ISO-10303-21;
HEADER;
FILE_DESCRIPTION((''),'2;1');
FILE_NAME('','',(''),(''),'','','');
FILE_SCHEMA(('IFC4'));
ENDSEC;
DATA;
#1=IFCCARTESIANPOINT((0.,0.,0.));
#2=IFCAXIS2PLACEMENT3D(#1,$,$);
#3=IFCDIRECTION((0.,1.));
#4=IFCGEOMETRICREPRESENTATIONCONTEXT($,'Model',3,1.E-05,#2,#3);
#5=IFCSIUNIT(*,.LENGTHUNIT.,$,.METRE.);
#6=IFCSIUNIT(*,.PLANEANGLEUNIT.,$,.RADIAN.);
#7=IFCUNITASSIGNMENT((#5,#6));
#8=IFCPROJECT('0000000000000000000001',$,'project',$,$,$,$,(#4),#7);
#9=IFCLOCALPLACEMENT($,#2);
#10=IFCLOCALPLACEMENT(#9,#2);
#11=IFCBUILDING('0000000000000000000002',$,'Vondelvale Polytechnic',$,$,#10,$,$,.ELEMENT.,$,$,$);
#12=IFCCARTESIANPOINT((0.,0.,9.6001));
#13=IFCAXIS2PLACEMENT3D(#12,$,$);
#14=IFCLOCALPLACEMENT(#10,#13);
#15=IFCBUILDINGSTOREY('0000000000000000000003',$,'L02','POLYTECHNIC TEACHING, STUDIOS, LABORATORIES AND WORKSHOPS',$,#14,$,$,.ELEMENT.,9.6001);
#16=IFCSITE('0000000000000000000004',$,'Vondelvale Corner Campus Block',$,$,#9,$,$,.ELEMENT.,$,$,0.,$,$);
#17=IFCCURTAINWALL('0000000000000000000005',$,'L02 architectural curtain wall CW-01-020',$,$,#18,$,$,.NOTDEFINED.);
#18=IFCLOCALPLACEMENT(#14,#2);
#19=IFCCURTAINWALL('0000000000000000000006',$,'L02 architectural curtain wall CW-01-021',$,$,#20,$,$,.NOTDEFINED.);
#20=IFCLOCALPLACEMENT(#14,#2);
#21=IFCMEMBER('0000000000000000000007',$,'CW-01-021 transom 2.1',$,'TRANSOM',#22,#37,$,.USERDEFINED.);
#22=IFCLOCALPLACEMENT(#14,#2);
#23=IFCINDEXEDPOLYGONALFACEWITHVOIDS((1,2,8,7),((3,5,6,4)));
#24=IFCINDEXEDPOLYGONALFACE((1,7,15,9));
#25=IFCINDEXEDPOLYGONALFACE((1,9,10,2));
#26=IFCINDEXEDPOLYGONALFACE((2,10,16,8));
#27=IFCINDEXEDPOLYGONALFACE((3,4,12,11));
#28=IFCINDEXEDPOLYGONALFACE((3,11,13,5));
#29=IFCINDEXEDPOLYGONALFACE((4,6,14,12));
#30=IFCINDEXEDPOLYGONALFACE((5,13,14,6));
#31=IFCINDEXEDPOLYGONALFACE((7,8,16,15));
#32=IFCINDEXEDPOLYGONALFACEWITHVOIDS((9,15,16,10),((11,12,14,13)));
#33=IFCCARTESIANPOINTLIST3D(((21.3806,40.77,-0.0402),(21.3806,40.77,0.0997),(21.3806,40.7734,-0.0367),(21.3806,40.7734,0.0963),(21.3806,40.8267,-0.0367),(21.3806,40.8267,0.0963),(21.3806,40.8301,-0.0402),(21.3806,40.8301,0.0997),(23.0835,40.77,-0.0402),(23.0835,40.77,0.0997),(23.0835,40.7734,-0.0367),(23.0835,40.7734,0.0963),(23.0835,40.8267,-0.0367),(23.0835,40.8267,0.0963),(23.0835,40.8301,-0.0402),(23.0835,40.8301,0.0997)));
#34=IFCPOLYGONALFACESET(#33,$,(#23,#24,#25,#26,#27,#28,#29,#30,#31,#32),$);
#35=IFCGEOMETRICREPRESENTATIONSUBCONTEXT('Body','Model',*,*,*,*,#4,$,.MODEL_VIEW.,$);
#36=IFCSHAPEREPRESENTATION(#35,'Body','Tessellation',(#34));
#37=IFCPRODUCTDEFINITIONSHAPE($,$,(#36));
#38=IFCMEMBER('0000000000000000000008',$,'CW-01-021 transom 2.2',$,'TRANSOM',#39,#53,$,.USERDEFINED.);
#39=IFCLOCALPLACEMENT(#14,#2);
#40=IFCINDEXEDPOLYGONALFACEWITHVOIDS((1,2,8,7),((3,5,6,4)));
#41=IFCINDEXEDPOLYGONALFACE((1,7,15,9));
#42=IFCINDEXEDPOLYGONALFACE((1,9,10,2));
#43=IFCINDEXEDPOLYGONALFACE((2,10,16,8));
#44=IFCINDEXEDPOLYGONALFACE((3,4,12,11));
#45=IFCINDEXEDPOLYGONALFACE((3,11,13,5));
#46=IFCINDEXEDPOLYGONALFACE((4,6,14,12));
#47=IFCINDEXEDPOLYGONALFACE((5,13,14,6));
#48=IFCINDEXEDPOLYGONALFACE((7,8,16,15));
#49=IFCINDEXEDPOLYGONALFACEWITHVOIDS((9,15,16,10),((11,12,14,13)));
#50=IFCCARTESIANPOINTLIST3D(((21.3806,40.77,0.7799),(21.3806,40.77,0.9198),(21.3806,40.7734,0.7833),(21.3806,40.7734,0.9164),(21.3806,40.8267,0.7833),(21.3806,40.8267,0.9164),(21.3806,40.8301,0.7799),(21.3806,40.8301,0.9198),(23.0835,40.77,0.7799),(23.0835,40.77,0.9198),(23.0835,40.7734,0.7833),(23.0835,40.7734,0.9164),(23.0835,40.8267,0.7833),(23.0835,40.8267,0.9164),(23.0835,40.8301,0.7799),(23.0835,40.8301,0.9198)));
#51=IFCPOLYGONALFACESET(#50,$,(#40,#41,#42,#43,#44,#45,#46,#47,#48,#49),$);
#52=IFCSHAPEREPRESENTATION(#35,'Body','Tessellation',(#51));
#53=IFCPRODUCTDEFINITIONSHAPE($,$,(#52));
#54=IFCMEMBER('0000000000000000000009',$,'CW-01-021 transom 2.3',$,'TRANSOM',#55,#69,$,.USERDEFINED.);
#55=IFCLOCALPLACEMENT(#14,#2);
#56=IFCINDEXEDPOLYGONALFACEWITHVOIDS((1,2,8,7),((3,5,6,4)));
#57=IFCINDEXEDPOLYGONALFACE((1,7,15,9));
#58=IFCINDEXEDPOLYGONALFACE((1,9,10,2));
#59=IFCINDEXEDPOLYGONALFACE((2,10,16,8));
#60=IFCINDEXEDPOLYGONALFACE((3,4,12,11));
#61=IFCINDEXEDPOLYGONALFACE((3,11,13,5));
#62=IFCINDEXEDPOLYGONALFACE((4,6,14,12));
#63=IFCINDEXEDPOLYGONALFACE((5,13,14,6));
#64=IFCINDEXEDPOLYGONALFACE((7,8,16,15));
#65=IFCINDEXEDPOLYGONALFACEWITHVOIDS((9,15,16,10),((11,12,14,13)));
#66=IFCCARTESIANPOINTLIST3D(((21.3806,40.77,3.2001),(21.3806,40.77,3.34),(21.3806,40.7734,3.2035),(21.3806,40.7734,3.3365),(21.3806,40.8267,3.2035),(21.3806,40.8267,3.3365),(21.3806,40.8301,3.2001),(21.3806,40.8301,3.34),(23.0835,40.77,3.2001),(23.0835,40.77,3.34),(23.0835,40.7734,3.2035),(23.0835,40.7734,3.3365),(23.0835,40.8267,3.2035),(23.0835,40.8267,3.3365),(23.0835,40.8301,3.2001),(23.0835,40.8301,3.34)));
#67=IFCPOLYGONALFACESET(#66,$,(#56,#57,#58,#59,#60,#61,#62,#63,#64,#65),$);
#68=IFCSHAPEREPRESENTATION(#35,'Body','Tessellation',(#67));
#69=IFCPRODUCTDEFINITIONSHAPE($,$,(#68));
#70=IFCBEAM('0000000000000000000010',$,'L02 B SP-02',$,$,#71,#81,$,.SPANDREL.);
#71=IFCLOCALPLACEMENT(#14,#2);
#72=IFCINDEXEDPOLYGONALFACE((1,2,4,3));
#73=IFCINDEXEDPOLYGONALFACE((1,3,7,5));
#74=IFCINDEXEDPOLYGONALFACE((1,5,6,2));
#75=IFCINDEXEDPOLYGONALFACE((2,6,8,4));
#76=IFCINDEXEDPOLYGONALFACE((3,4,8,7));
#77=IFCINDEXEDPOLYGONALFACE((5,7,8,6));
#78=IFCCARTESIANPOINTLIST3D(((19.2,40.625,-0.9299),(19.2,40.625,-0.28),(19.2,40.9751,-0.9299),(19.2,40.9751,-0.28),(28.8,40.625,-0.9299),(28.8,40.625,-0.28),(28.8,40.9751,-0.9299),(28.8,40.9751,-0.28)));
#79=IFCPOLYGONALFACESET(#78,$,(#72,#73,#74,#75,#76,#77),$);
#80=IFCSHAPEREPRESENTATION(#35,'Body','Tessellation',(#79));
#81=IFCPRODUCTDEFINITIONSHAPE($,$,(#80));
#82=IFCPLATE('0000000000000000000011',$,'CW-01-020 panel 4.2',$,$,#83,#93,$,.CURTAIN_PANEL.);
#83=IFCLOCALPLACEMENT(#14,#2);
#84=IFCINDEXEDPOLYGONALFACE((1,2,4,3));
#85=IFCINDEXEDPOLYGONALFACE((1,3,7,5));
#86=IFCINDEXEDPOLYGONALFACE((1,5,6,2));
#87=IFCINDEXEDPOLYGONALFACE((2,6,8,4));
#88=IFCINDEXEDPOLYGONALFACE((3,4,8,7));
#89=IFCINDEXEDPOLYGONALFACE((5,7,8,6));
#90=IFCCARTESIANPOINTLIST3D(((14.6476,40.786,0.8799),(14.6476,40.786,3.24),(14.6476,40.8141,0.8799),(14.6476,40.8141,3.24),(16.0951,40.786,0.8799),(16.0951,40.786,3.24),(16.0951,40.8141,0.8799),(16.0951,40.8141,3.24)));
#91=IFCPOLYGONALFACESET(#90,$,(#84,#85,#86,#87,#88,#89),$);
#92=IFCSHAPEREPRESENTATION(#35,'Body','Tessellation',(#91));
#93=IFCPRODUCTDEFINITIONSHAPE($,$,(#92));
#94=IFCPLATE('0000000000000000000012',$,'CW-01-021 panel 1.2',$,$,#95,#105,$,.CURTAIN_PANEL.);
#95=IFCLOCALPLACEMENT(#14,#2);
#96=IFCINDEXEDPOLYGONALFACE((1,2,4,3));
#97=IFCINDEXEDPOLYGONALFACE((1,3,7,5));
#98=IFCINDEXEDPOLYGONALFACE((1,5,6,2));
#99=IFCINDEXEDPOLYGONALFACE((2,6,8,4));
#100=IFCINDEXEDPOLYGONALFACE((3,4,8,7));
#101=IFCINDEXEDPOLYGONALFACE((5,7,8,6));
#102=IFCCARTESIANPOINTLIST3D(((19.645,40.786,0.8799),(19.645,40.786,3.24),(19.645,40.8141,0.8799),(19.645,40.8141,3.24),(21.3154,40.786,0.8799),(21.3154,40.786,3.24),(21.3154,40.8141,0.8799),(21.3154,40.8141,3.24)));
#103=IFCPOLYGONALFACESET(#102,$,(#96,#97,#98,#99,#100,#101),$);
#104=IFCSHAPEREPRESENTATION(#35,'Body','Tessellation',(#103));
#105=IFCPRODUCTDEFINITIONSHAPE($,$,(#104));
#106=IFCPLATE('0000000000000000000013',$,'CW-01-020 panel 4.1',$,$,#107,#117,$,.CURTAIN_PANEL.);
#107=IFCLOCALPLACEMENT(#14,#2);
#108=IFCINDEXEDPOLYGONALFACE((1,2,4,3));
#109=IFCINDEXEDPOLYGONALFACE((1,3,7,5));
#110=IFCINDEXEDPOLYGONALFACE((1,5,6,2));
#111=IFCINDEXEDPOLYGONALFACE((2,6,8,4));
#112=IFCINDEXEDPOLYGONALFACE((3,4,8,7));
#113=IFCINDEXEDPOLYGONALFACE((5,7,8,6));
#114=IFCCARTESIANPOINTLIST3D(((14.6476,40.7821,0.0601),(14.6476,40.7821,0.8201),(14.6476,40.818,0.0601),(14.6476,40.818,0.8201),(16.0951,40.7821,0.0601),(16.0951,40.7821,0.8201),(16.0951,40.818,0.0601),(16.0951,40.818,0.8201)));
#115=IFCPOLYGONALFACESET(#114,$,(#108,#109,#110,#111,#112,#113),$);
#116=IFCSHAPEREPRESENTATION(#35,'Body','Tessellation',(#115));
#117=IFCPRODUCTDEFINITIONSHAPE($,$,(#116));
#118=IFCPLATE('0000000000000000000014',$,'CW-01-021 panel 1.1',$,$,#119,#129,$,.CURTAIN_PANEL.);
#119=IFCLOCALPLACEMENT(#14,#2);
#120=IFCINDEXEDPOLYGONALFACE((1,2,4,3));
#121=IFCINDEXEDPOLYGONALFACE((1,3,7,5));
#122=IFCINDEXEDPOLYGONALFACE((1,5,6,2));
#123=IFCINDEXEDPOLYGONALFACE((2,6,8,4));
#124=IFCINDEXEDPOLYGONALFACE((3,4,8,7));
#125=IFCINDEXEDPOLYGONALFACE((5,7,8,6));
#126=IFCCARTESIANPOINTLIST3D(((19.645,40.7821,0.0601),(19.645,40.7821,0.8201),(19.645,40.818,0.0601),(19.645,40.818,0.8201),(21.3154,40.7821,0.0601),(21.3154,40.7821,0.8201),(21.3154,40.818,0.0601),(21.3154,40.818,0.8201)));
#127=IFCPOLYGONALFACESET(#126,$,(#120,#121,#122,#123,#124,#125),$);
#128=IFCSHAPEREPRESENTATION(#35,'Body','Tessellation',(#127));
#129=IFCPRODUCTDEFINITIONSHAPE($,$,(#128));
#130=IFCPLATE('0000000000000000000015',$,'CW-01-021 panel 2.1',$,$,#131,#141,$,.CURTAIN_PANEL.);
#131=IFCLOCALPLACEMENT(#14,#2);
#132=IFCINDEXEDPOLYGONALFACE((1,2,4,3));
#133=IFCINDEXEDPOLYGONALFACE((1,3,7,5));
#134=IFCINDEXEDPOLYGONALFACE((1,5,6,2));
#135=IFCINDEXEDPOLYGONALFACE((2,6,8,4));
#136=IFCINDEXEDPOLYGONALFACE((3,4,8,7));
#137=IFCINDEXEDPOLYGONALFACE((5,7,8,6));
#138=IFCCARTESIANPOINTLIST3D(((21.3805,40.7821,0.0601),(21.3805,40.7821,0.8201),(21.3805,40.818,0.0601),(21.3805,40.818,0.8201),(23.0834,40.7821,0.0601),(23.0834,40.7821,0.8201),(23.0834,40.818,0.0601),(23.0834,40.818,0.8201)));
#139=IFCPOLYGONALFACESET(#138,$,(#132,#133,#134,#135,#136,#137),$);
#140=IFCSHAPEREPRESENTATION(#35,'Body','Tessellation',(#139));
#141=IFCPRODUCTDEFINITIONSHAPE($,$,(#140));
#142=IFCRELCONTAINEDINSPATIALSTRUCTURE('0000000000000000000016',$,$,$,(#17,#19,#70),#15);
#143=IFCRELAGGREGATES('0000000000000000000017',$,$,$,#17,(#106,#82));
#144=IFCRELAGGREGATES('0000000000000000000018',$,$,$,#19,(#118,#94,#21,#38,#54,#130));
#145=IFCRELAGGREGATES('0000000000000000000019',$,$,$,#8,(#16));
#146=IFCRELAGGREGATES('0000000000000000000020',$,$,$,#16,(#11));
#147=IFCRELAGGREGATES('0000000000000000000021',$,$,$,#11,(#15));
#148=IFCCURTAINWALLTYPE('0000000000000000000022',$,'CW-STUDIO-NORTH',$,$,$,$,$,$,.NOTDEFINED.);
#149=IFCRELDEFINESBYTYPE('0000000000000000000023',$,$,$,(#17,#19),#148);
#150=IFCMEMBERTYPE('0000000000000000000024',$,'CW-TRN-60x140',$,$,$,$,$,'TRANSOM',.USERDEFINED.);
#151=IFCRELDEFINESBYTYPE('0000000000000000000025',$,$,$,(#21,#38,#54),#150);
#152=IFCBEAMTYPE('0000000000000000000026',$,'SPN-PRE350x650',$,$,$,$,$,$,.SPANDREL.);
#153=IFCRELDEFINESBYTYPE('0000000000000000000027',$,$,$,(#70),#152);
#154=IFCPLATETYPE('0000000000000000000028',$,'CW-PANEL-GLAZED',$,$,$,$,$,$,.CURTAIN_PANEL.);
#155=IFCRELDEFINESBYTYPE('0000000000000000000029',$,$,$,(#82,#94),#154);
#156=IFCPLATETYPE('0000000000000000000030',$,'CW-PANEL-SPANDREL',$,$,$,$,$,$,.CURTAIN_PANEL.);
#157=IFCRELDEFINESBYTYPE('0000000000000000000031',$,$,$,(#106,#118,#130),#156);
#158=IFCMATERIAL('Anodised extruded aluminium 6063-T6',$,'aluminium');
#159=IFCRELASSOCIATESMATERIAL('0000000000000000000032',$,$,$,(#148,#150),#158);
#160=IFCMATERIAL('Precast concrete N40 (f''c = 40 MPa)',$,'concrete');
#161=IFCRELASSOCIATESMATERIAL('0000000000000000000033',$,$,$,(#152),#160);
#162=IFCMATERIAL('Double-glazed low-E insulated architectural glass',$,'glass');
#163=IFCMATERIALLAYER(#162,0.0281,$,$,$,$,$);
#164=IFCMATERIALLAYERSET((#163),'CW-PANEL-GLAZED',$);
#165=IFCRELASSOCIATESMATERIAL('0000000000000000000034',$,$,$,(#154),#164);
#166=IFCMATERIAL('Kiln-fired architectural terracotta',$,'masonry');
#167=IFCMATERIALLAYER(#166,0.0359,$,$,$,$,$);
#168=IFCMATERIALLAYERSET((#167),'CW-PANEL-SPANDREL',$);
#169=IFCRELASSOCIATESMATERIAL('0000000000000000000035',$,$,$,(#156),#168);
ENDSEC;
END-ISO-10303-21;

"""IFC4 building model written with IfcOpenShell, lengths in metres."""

from ifc_helpers import new_model, si_unit, direction, frame, origin, origin_2d, place, context, subcontext, project, spatial, rectangle, hollow_rectangle, extrude, material, layer, layer_set, material_profile, profile_set, type_object, element, aggregate, save


model = new_model("IFC4")

# Units and contexts
model_context = context("Model", 3, precision=1e-05, world=origin(), true_north=direction((0.0, 1.0)))
body_context = subcontext(model_context, "Body", "Model", "MODEL_VIEW")
ifc_project = project(units=[si_unit("LENGTHUNIT", "METRE"), si_unit("PLANEANGLEUNIT", "RADIAN")], contexts=[model_context])

# Site, building, storey
site_placement = place(None, origin())
site = spatial("IfcSite", under=ifc_project, at=site_placement, Name="Vondelvale Corner Campus Block", CompositionType="ELEMENT", RefElevation=0.0)
building_placement = place(site_placement, origin())
building = spatial("IfcBuilding", under=site, at=building_placement, Name="Vondelvale Polytechnic", CompositionType="ELEMENT")
storey_placement = place(building_placement, frame((0.0, 0.0, 9.6001)))
storey = spatial("IfcBuildingStorey", under=building, at=storey_placement, Name="L02", Description="POLYTECHNIC TEACHING, STUDIOS, LABORATORIES AND WORKSHOPS", CompositionType="ELEMENT", Elevation=9.6001)

# Curtain walls
ifc_material_1 = material(Name="Anodised extruded aluminium 6063-T6", Category="aluminium")
curtain_wall_type = type_object("IfcCurtainWallType", Name="CW-STUDIO-NORTH", PredefinedType="NOTDEFINED", material=ifc_material_1)
curtain_wall_1_placement = place(storey_placement, origin())
curtain_wall_1 = element("IfcCurtainWall", 1, at=curtain_wall_1_placement, inside=storey, type_object=curtain_wall_type, Name="L02 architectural curtain wall CW-01-020", PredefinedType="NOTDEFINED")
curtain_wall_2_placement = place(storey_placement, origin())
curtain_wall_2 = element("IfcCurtainWall", 2, at=curtain_wall_2_placement, inside=storey, type_object=curtain_wall_type, Name="L02 architectural curtain wall CW-01-021", PredefinedType="NOTDEFINED")

# Members
ifc_material_profile_1 = material_profile(ifc_material_1, hollow_rectangle(XDim=0.0601, YDim=0.1399, WallThickness=0.0034, at=origin_2d()), Name="CW-TRN-140x60")
ifc_profile_set_1 = profile_set([ifc_material_profile_1], Name="Anodised extruded aluminium 6063-T6")
member_type_1 = type_object("IfcMemberType", Name="CW-TRN-60x140", ElementType="TRANSOM", PredefinedType="USERDEFINED", material=ifc_profile_set_1)
member_1_placement = place(storey_placement, frame((21.3806, 40.8, 0.0298), z_axis=(1.0, 0.0, 0.0), x_axis=(0.0, 1.0, 0.0)))
member_1 = element("IfcMember", 3, at=member_1_placement, type_object=member_type_1, Name="CW-01-021 transom 2.1", ObjectType="TRANSOM", PredefinedType="USERDEFINED", context=body_context, shape_type="SweptSolid", body=[
    extrude(hollow_rectangle(XDim=0.0601, YDim=0.1399, WallThickness=0.0034, at=origin_2d()), origin(), (0.0, 0.0, 1.0), 1.7029),
])
member_2_placement = place(storey_placement, frame((21.3806, 40.8, 0.8499), z_axis=(1.0, 0.0, 0.0), x_axis=(0.0, 1.0, 0.0)))
member_2 = element("IfcMember", 4, at=member_2_placement, type_object=member_type_1, Name="CW-01-021 transom 2.2", ObjectType="TRANSOM", PredefinedType="USERDEFINED", context=body_context, shape_type="SweptSolid", body=[
    extrude(hollow_rectangle(XDim=0.0601, YDim=0.1399, WallThickness=0.0034, at=origin_2d()), origin(), (0.0, 0.0, 1.0), 1.7029),
])
member_3_placement = place(storey_placement, frame((21.3806, 40.8, 3.27), z_axis=(1.0, 0.0, 0.0), x_axis=(0.0, 1.0, 0.0)))
member_3 = element("IfcMember", 5, at=member_3_placement, type_object=member_type_1, Name="CW-01-021 transom 2.3", ObjectType="TRANSOM", PredefinedType="USERDEFINED", context=body_context, shape_type="SweptSolid", body=[
    extrude(hollow_rectangle(XDim=0.0601, YDim=0.1399, WallThickness=0.0034, at=origin_2d()), origin(), (0.0, 0.0, 1.0), 1.7029),
])

# Beam
ifc_material_2 = material(Name="Precast concrete N40 (f'c = 40 MPa)", Category="concrete")
ifc_material_profile_2 = material_profile(ifc_material_2, rectangle(XDim=0.3501, YDim=0.6499, at=origin_2d()), Name="RC-SPN-350x650")
ifc_profile_set_2 = profile_set([ifc_material_profile_2], Name="Precast concrete N40 (f'c = 40 MPa)")
beam_type = type_object("IfcBeamType", Name="SPN-PRE350x650", PredefinedType="SPANDREL", material=ifc_profile_set_2)
beam_placement = place(storey_placement, frame((19.2, 40.8, -0.605), z_axis=(1.0, 0.0, 0.0), x_axis=(0.0, 1.0, 0.0)))
element("IfcBeam", 6, at=beam_placement, inside=storey, type_object=beam_type, Name="L02 B SP-02", PredefinedType="SPANDREL", context=body_context, shape_type="SweptSolid", body=[
    extrude(rectangle(XDim=0.3501, YDim=0.6499, at=origin_2d()), origin(), (0.0, 0.0, 1.0), 9.6001),
])

# Plates
ifc_material_3 = material(Name="Double-glazed low-E insulated architectural glass", Category="glass")
ifc_layer_1 = layer(ifc_material_3, 0.0281)
ifc_layer_set_1 = layer_set([ifc_layer_1], Name="CW-PANEL-GLAZED")
plate_type_1 = type_object("IfcPlateType", Name="CW-PANEL-GLAZED", PredefinedType="CURTAIN_PANEL", material=ifc_layer_set_1)
plate_1_placement = place(storey_placement, frame((15.3713, 40.8, 0.8799), z_axis=(0.0, 0.0, 1.0), x_axis=(1.0, 0.0, 0.0)))
plate_1 = element("IfcPlate", 7, at=plate_1_placement, type_object=plate_type_1, Name="CW-01-020 panel 4.2", PredefinedType="CURTAIN_PANEL", context=body_context, shape_type="SweptSolid", body=[
    extrude(rectangle(XDim=1.4475, YDim=0.0281, at=origin_2d()), origin(), (0.0, 0.0, 1.0), 2.3601),
])
plate_2_placement = place(storey_placement, frame((20.4802, 40.8, 0.8799), z_axis=(0.0, 0.0, 1.0), x_axis=(1.0, 0.0, 0.0)))
plate_2 = element("IfcPlate", 8, at=plate_2_placement, type_object=plate_type_1, Name="CW-01-021 panel 1.2", PredefinedType="CURTAIN_PANEL", context=body_context, shape_type="SweptSolid", body=[
    extrude(rectangle(XDim=1.6704, YDim=0.0281, at=origin_2d()), origin(), (0.0, 0.0, 1.0), 2.3601),
])
ifc_material_4 = material(Name="Kiln-fired architectural terracotta", Category="masonry")
ifc_layer_2 = layer(ifc_material_4, 0.0359)
ifc_layer_set_2 = layer_set([ifc_layer_2], Name="CW-PANEL-SPANDREL")
plate_type_2 = type_object("IfcPlateType", Name="CW-PANEL-SPANDREL", PredefinedType="CURTAIN_PANEL", material=ifc_layer_set_2)
plate_3_placement = place(storey_placement, frame((15.3713, 40.8, 0.0601), z_axis=(0.0, 0.0, 1.0), x_axis=(1.0, 0.0, 0.0)))
plate_3 = element("IfcPlate", 9, at=plate_3_placement, type_object=plate_type_2, Name="CW-01-020 panel 4.1", PredefinedType="CURTAIN_PANEL", context=body_context, shape_type="SweptSolid", body=[
    extrude(rectangle(XDim=1.4475, YDim=0.0359, at=origin_2d()), origin(), (0.0, 0.0, 1.0), 0.76),
])
aggregate(curtain_wall_1, [plate_3, plate_1])
plate_4_placement = place(storey_placement, frame((20.4802, 40.8, 0.0601), z_axis=(0.0, 0.0, 1.0), x_axis=(1.0, 0.0, 0.0)))
plate_4 = element("IfcPlate", 10, at=plate_4_placement, type_object=plate_type_2, Name="CW-01-021 panel 1.1", PredefinedType="CURTAIN_PANEL", context=body_context, shape_type="SweptSolid", body=[
    extrude(rectangle(XDim=1.6704, YDim=0.0359, at=origin_2d()), origin(), (0.0, 0.0, 1.0), 0.76),
])
plate_5_placement = place(storey_placement, frame((22.2319, 40.8, 0.0601), z_axis=(0.0, 0.0, 1.0), x_axis=(1.0, 0.0, 0.0)))
plate_5 = element("IfcPlate", 11, at=plate_5_placement, type_object=plate_type_2, Name="CW-01-021 panel 2.1", PredefinedType="CURTAIN_PANEL", context=body_context, shape_type="SweptSolid", body=[
    extrude(rectangle(XDim=1.7029, YDim=0.0359, at=origin_2d()), origin(), (0.0, 0.0, 1.0), 0.76),
])
aggregate(curtain_wall_2, [plate_4, plate_2, member_1, member_2, member_3, plate_5])

save(model, "model.ifc")
